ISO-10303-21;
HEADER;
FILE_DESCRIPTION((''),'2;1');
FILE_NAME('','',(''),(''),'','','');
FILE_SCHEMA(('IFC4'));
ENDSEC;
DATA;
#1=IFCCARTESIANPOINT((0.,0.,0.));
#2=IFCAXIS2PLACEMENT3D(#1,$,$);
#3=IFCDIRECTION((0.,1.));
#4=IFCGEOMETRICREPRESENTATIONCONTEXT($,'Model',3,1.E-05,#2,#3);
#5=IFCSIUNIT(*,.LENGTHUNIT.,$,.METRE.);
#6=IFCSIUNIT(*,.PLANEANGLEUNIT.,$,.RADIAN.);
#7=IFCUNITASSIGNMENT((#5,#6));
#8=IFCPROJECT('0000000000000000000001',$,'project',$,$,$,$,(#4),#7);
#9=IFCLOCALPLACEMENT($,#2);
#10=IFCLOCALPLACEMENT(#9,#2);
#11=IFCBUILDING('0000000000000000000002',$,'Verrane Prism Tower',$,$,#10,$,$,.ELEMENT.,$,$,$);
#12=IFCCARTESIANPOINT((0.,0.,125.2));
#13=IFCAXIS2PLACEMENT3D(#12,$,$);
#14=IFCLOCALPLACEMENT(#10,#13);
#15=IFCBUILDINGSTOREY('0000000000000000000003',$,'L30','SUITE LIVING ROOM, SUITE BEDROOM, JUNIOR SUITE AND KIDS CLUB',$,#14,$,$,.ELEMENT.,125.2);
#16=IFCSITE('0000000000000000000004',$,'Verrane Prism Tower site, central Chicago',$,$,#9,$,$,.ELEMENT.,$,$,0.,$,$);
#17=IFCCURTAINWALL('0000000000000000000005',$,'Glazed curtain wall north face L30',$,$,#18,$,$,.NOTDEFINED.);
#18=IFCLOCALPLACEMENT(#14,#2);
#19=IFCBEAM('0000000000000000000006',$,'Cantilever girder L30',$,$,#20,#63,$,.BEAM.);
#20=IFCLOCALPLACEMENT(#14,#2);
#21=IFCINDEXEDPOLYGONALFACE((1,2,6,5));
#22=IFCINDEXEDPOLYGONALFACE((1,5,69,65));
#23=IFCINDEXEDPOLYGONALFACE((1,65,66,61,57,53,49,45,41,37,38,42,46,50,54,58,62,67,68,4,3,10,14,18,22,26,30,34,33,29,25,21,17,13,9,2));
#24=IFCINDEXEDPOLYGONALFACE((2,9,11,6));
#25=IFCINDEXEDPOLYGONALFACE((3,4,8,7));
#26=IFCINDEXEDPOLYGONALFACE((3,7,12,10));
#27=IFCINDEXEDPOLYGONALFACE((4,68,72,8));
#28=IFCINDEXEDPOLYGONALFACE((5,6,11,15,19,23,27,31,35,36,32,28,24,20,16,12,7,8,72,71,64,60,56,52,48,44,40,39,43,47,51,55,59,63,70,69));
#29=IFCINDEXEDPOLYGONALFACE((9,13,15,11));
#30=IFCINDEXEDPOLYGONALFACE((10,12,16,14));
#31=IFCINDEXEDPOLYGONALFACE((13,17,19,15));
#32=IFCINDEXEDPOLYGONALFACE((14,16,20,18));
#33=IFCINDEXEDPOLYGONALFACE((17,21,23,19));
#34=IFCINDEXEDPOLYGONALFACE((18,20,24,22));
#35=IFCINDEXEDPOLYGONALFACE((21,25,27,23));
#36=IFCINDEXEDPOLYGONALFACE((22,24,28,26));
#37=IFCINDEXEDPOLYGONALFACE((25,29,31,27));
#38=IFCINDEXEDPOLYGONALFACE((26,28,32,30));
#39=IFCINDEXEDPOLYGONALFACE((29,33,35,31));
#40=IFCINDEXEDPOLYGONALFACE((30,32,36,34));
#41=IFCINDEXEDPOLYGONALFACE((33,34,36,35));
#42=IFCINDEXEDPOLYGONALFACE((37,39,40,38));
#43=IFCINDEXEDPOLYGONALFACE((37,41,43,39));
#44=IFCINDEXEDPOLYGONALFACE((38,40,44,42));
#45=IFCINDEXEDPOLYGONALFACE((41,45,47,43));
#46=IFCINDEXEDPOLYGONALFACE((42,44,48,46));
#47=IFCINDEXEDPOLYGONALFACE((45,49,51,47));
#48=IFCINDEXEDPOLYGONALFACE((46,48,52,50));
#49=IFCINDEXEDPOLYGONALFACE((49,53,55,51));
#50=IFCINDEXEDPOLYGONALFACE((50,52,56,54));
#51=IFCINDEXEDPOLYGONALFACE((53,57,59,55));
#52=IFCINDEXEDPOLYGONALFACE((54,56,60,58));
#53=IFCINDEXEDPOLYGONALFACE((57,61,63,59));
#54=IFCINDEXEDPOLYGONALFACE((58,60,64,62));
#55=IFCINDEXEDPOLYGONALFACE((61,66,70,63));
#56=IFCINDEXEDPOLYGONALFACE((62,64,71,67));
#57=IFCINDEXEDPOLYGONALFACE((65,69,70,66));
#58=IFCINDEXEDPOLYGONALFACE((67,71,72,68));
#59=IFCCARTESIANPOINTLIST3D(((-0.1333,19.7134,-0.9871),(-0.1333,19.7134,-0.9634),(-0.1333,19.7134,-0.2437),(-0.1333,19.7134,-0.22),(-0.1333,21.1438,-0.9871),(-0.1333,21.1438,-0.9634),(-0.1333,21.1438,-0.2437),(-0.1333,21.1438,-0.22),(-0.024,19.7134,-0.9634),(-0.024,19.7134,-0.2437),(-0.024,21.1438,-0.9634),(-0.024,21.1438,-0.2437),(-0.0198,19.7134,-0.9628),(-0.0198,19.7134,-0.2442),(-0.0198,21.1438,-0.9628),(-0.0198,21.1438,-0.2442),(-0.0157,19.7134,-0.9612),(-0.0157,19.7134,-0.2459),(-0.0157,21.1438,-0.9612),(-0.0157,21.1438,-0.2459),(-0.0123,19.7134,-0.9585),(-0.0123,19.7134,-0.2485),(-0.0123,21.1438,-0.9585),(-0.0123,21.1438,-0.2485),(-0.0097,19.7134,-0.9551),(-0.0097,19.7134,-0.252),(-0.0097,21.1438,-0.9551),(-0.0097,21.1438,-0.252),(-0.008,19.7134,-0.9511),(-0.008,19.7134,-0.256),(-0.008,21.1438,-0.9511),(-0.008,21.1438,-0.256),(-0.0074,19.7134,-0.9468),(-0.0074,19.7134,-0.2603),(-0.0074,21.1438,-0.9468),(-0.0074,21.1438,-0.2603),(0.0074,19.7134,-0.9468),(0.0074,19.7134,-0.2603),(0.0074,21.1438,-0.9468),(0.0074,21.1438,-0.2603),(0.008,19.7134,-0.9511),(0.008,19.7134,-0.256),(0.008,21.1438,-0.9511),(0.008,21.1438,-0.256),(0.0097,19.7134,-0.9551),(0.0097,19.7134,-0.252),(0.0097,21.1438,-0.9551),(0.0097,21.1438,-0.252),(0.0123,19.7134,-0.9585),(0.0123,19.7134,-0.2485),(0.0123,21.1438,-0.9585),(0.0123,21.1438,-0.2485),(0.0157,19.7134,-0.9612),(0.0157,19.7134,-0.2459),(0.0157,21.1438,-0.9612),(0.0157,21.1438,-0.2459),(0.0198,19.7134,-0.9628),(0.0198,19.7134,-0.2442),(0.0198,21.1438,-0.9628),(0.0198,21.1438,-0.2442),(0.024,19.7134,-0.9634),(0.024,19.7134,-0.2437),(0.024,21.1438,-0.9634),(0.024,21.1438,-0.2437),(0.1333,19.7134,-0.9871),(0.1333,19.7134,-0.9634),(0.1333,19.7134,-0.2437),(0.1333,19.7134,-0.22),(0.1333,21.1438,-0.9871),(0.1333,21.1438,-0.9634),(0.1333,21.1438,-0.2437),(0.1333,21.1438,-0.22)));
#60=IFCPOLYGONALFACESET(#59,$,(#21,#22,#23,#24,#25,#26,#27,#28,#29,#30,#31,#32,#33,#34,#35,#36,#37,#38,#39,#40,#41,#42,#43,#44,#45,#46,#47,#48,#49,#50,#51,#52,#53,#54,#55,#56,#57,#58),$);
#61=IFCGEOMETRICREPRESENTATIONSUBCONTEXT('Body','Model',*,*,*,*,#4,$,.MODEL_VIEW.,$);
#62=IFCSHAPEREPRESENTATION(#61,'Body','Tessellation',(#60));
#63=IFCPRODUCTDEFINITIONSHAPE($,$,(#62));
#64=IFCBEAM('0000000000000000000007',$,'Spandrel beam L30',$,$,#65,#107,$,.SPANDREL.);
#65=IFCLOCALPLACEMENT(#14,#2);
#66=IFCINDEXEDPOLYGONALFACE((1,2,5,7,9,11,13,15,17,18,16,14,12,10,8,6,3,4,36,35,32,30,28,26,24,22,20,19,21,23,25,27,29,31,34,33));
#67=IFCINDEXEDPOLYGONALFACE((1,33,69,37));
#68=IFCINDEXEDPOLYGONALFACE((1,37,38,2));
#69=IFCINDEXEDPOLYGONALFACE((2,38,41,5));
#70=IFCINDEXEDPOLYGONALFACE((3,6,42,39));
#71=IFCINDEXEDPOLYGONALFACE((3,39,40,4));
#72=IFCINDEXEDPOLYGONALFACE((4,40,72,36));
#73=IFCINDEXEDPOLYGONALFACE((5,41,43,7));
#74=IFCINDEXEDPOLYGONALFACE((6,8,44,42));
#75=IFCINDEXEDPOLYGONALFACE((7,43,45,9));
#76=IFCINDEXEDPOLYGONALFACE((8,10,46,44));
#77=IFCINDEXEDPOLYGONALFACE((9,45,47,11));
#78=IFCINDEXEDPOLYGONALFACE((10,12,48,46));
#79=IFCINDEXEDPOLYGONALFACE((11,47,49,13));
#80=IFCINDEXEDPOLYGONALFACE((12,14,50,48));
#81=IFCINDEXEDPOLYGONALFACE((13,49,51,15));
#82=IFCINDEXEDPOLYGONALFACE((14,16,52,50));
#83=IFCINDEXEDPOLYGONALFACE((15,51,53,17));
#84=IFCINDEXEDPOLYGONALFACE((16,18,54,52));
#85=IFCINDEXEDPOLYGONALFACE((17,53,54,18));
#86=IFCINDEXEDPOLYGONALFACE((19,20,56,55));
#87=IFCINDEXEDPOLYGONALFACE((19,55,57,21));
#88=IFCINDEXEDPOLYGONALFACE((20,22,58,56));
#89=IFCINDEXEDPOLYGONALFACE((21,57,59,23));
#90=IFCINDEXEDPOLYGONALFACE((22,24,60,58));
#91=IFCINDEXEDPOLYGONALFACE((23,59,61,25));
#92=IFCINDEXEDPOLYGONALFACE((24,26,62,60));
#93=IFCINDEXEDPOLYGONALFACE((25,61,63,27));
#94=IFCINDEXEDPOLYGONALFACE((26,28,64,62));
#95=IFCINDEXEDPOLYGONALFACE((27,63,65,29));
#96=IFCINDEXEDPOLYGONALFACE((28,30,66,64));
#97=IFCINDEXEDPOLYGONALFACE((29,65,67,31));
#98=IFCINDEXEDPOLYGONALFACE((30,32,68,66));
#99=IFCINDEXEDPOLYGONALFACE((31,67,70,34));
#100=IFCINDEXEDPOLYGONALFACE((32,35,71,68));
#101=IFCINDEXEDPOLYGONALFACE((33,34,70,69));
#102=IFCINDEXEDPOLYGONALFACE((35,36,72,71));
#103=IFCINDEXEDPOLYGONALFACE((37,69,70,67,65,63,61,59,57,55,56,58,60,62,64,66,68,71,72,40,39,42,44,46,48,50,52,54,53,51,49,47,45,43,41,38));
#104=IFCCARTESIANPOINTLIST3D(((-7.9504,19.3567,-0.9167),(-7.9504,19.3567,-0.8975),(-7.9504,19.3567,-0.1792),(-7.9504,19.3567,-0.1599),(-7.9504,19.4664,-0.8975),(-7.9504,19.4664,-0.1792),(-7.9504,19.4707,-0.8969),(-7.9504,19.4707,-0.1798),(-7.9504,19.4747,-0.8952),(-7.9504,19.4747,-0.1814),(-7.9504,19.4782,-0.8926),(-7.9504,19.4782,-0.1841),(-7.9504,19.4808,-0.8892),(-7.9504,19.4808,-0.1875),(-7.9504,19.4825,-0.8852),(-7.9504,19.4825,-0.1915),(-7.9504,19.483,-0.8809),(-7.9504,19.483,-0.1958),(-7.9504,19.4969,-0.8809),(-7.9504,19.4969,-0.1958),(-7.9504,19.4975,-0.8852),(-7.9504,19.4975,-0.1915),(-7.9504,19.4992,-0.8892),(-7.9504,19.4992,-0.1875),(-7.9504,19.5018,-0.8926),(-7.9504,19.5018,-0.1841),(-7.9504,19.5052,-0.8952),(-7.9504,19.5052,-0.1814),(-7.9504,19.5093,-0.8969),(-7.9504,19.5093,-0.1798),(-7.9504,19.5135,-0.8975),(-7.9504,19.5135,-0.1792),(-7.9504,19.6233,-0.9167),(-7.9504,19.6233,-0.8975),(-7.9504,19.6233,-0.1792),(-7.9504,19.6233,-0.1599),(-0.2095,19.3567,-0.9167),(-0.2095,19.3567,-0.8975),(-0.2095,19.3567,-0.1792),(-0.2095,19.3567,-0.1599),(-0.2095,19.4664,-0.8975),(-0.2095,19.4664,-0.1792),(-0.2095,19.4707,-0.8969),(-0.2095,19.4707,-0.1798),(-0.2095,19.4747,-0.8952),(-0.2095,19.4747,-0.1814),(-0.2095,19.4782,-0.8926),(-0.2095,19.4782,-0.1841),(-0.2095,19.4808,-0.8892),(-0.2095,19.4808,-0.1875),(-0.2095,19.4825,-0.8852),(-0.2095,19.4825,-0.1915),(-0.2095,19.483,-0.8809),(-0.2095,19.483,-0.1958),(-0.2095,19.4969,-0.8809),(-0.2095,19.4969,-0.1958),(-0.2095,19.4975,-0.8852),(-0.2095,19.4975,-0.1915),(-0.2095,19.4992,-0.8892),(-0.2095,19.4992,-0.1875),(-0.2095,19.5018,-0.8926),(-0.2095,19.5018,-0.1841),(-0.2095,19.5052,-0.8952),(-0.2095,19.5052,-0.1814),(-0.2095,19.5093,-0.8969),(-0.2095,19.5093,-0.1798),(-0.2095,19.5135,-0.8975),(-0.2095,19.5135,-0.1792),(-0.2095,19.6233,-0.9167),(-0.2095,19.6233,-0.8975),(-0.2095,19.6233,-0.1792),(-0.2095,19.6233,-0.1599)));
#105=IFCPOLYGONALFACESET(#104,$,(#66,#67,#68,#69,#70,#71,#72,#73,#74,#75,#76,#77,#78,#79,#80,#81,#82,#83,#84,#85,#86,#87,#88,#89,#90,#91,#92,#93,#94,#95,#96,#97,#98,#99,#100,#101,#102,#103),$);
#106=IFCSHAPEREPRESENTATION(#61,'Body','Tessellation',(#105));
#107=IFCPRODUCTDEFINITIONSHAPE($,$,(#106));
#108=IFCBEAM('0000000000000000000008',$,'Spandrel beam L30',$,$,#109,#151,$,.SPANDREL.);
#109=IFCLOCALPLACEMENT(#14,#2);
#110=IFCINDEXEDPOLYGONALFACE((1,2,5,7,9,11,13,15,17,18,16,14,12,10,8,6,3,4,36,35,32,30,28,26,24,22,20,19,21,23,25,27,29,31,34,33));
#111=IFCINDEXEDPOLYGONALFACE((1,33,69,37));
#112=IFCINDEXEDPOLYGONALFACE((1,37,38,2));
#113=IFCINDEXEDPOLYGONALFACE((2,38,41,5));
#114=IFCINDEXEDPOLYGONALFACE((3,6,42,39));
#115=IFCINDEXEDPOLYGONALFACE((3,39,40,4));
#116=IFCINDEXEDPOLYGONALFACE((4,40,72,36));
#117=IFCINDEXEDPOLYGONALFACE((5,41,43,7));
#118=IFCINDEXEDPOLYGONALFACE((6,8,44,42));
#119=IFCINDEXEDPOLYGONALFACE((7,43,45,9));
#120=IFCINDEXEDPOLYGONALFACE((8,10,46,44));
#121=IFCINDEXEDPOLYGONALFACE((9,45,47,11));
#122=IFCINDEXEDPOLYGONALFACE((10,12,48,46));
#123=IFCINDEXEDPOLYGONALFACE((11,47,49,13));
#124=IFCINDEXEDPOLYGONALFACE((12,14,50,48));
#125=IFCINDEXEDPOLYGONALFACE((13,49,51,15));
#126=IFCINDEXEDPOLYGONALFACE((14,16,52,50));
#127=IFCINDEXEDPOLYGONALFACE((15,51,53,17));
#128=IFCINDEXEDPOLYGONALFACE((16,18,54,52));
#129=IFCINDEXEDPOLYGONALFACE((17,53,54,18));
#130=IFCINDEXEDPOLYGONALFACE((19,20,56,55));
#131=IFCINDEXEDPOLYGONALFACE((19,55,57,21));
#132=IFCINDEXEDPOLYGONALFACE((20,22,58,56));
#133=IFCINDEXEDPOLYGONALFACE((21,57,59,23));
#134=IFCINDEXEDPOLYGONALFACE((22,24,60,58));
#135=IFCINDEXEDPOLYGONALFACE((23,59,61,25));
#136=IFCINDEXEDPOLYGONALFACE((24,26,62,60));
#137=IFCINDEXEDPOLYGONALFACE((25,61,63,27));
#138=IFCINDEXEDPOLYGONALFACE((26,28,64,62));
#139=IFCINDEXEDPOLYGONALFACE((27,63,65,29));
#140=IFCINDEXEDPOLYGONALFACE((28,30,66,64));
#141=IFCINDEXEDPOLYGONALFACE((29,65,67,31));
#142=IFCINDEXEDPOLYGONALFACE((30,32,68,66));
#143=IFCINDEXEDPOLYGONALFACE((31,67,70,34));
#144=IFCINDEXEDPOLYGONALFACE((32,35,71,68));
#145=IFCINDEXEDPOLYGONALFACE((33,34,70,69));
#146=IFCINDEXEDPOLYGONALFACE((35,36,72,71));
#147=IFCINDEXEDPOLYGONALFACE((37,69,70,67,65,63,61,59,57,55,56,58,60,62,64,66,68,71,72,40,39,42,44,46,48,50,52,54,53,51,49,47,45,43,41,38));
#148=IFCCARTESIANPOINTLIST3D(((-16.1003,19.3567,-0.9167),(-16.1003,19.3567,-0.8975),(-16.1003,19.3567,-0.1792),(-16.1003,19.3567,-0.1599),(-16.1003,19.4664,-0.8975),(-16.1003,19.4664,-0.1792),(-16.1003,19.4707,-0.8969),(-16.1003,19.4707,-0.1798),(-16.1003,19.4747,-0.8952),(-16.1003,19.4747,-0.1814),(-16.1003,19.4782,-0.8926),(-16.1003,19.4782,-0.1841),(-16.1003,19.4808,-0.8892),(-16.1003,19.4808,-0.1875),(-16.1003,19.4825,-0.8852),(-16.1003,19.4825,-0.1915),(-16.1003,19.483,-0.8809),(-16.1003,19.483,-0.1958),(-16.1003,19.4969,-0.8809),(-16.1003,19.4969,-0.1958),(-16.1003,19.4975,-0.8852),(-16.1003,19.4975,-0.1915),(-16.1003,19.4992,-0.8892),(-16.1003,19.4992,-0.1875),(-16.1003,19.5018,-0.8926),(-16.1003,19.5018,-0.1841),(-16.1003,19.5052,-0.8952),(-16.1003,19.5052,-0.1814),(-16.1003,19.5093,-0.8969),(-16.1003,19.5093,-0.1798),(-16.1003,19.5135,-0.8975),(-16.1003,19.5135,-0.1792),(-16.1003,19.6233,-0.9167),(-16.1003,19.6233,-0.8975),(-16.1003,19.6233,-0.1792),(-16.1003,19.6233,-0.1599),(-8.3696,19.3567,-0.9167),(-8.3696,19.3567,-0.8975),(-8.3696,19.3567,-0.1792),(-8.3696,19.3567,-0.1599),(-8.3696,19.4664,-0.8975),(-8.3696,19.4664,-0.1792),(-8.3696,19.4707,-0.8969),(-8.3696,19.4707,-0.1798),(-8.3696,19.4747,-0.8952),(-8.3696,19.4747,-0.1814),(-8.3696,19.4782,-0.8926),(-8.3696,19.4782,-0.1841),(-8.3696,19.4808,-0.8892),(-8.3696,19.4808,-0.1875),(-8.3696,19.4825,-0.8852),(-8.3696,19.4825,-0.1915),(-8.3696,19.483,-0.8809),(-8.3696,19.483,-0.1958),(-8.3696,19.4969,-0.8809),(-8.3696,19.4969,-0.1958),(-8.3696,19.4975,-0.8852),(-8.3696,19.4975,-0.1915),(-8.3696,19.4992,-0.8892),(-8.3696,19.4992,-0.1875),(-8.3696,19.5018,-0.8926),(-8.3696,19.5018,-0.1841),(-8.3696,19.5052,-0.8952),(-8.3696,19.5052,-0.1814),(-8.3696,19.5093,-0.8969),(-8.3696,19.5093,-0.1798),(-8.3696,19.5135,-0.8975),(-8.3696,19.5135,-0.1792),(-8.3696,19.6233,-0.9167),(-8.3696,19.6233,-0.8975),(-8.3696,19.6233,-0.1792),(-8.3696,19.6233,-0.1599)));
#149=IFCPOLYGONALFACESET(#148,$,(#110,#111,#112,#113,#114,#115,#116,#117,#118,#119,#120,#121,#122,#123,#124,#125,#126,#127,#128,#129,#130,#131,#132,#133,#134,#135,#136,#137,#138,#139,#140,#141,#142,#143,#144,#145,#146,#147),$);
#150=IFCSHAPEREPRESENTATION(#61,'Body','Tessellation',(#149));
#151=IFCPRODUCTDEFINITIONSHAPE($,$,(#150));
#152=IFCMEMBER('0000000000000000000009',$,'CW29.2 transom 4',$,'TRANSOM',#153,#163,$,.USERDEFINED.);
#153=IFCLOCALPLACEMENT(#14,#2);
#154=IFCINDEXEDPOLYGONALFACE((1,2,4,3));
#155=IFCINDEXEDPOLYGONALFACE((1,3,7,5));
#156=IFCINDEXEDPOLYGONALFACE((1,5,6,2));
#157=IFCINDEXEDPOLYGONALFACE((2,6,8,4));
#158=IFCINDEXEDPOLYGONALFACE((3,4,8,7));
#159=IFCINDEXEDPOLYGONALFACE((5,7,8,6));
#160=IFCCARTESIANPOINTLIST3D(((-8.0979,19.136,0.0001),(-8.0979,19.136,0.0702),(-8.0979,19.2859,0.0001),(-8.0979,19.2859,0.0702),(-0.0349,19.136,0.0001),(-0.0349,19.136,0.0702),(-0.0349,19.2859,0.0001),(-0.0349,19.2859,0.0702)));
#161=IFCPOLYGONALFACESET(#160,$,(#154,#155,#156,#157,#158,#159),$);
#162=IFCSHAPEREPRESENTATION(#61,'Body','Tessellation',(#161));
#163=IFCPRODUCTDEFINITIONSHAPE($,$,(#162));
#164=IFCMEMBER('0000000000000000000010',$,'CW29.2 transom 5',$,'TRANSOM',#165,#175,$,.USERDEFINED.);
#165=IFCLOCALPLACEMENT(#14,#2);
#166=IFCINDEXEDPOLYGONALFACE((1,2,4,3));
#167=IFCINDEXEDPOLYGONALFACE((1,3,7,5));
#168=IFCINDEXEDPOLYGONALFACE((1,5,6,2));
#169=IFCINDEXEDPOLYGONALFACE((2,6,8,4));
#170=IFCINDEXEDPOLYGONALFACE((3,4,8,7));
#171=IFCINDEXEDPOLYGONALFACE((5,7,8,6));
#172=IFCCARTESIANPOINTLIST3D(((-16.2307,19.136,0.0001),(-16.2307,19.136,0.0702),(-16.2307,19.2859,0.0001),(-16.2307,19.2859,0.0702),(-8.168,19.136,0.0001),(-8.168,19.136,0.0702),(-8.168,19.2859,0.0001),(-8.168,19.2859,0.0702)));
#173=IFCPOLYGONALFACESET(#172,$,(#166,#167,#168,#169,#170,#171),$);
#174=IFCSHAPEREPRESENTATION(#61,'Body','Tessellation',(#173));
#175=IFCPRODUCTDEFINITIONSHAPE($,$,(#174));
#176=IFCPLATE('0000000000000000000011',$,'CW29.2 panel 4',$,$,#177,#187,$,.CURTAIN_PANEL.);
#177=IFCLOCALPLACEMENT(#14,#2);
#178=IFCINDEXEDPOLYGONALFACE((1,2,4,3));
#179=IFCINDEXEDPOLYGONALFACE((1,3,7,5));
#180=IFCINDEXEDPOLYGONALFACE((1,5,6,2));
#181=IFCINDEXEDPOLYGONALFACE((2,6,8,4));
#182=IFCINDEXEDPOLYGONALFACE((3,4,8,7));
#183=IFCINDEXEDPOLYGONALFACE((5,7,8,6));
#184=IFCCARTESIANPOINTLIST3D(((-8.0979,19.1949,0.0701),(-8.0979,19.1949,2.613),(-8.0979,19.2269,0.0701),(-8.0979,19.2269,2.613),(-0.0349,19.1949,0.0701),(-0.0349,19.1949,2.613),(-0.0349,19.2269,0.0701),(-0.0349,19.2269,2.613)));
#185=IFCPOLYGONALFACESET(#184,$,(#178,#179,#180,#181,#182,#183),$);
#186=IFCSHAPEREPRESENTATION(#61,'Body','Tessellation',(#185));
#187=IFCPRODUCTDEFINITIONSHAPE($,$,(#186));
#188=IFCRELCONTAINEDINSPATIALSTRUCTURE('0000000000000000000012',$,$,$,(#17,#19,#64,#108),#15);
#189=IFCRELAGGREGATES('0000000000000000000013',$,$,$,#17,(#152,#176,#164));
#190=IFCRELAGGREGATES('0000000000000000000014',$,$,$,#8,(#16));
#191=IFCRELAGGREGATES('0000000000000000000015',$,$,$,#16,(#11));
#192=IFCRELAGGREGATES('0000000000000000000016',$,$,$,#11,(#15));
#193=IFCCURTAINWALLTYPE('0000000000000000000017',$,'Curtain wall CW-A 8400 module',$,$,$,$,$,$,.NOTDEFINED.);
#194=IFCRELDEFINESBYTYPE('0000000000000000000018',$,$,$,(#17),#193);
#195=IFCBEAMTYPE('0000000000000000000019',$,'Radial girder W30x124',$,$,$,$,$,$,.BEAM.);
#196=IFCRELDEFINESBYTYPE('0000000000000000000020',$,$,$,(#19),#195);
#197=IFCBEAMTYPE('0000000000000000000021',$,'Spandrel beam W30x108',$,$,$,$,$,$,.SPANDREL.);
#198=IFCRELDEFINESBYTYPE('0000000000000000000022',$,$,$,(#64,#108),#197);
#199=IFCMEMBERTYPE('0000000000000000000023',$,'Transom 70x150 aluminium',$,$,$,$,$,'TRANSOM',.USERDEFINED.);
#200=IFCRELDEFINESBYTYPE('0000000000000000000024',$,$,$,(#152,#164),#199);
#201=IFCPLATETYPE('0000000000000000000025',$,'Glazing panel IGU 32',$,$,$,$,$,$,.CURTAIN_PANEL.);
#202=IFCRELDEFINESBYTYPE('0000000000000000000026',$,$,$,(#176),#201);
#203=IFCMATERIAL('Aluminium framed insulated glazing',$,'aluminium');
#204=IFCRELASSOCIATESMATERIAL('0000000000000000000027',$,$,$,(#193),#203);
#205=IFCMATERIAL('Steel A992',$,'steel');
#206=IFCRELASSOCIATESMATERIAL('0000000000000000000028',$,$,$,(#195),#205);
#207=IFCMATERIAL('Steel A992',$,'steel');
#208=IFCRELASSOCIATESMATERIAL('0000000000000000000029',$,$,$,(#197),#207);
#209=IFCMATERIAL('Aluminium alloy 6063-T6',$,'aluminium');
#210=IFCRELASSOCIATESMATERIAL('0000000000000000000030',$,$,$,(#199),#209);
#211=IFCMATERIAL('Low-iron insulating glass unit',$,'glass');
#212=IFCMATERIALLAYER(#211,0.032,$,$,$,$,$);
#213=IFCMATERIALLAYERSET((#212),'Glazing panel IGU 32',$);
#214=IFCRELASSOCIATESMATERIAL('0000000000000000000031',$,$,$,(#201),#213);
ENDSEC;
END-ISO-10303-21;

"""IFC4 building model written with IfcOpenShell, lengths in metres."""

from ifc_helpers import new_model, si_unit, direction, frame, origin, origin_2d, place, context, subcontext, project, spatial, rectangle, i_section, extrude, material, layer, layer_set, material_profile, profile_set, type_object, element, aggregate, save


model = new_model("IFC4")

# Units and contexts
model_context = context("Model", 3, precision=1e-05, world=origin(), true_north=direction((0.0, 1.0)))
body_context = subcontext(model_context, "Body", "Model", "MODEL_VIEW")
ifc_project = project(units=[si_unit("LENGTHUNIT", "METRE"), si_unit("PLANEANGLEUNIT", "RADIAN")], contexts=[model_context])

# Site, building, storey
site_placement = place(None, origin())
site = spatial("IfcSite", under=ifc_project, at=site_placement, Name="Verrane Prism Tower site, central Chicago", CompositionType="ELEMENT", RefElevation=0.0)
building_placement = place(site_placement, origin())
building = spatial("IfcBuilding", under=site, at=building_placement, Name="Verrane Prism Tower", CompositionType="ELEMENT")
storey_placement = place(building_placement, frame((0.0, 0.0, 125.2)))
storey = spatial("IfcBuildingStorey", under=building, at=storey_placement, Name="L30", Description="SUITE LIVING ROOM, SUITE BEDROOM, JUNIOR SUITE AND KIDS CLUB", CompositionType="ELEMENT", Elevation=125.2)

# Curtain wall
ifc_material_1 = material(Name="Aluminium framed insulated glazing", Category="aluminium")
curtain_wall_type = type_object("IfcCurtainWallType", Name="Curtain wall CW-A 8400 module", PredefinedType="NOTDEFINED", material=ifc_material_1)
curtain_wall_placement = place(storey_placement, origin())
curtain_wall = element("IfcCurtainWall", 1, at=curtain_wall_placement, inside=storey, type_object=curtain_wall_type, Name="Glazed curtain wall north face L30", PredefinedType="NOTDEFINED")

# Beams
ifc_material_2 = material(Name="Steel A992", Category="steel")
ifc_material_profile_1 = material_profile(ifc_material_2, i_section(OverallWidth=0.2666, OverallDepth=0.7671, WebThickness=0.0149, FlangeThickness=0.0237, FilletRadius=0.0166, at=origin_2d()), Name="W30x124")
ifc_profile_set_1 = profile_set([ifc_material_profile_1], Name="Steel A992")
beam_type_1 = type_object("IfcBeamType", Name="Radial girder W30x124", PredefinedType="BEAM", material=ifc_profile_set_1)
beam_1_placement = place(storey_placement, frame((0.0, 19.7134, -0.6035), z_axis=(0.0, 1.0, 0.0), x_axis=(-1.0, 0.0, 0.0)))
element("IfcBeam", 2, at=beam_1_placement, inside=storey, type_object=beam_type_1, Name="Cantilever girder L30", PredefinedType="BEAM", context=body_context, shape_type="SweptSolid", body=[
    extrude(i_section(OverallWidth=0.2666, OverallDepth=0.7671, WebThickness=0.0149, FlangeThickness=0.0237, FilletRadius=0.0166, at=origin_2d()), origin(), (0.0, 0.0, 1.0), 1.4304),
])
ifc_material_3 = material(Name="Steel A992", Category="steel")
ifc_material_profile_2 = material_profile(ifc_material_3, i_section(OverallWidth=0.2666, OverallDepth=0.7568, WebThickness=0.0139, FlangeThickness=0.0193, FilletRadius=0.0166, at=origin_2d()), Name="W30x108")
ifc_profile_set_2 = profile_set([ifc_material_profile_2], Name="Steel A992")
beam_type_2 = type_object("IfcBeamType", Name="Spandrel beam W30x108", PredefinedType="SPANDREL", material=ifc_profile_set_2)
beam_2_placement = place(storey_placement, frame((-0.2095, 19.49, -0.5383), z_axis=(-1.0, 0.0, 0.0), x_axis=(0.0, -1.0, 0.0)))
element("IfcBeam", 3, at=beam_2_placement, inside=storey, type_object=beam_type_2, Name="Spandrel beam L30", PredefinedType="SPANDREL", context=body_context, shape_type="SweptSolid", body=[
    extrude(i_section(OverallWidth=0.2666, OverallDepth=0.7568, WebThickness=0.0139, FlangeThickness=0.0193, FilletRadius=0.0166, at=origin_2d()), origin(), (0.0, 0.0, 1.0), 7.741),
])
beam_3_placement = place(storey_placement, frame((-8.3696, 19.49, -0.5383), z_axis=(-1.0, 0.0, 0.0), x_axis=(0.0, -1.0, 0.0)))
element("IfcBeam", 4, at=beam_3_placement, inside=storey, type_object=beam_type_2, Name="Spandrel beam L30", PredefinedType="SPANDREL", context=body_context, shape_type="SweptSolid", body=[
    extrude(i_section(OverallWidth=0.2666, OverallDepth=0.7568, WebThickness=0.0139, FlangeThickness=0.0193, FilletRadius=0.0166, at=origin_2d()), origin(), (0.0, 0.0, 1.0), 7.7307),
])

# Members
ifc_material_4 = material(Name="Aluminium alloy 6063-T6", Category="aluminium")
ifc_material_profile_3 = material_profile(ifc_material_4, rectangle(XDim=0.1499, YDim=0.0701, at=origin_2d()), Name="Transom 70x150 aluminium")
ifc_profile_set_3 = profile_set([ifc_material_profile_3], Name="Aluminium alloy 6063-T6")
member_type_1 = type_object("IfcMemberType", Name="Transom 70x150 aluminium", ElementType="TRANSOM", PredefinedType="USERDEFINED", material=ifc_profile_set_3)
member_1_placement = place(storey_placement, frame((-0.0349, 19.2109, 0.0352), z_axis=(-1.0, 0.0, 0.0), x_axis=(0.0, -1.0, 0.0)))
member_1 = element("IfcMember", 5, at=member_1_placement, type_object=member_type_1, Name="CW29.2 transom 4", ObjectType="TRANSOM", PredefinedType="USERDEFINED", context=body_context, shape_type="SweptSolid", body=[
    extrude(rectangle(XDim=0.1499, YDim=0.0701, at=origin_2d()), origin(), (0.0, 0.0, 1.0), 8.063),
])
member_2_placement = place(storey_placement, frame((-8.168, 19.2109, 0.0352), z_axis=(-1.0, 0.0, 0.0), x_axis=(0.0, -1.0, 0.0)))
member_2 = element("IfcMember", 6, at=member_2_placement, type_object=member_type_1, Name="CW29.2 transom 5", ObjectType="TRANSOM", PredefinedType="USERDEFINED", context=body_context, shape_type="SweptSolid", body=[
    extrude(rectangle(XDim=0.1499, YDim=0.0701, at=origin_2d()), origin(), (0.0, 0.0, 1.0), 8.0627),
])

# Plate
ifc_material_5 = material(Name="Low-iron insulating glass unit", Category="glass")
ifc_layer_1 = layer(ifc_material_5, 0.032)
ifc_layer_set_1 = layer_set([ifc_layer_1], Name="Glazing panel IGU 32")
plate_type = type_object("IfcPlateType", Name="Glazing panel IGU 32", PredefinedType="CURTAIN_PANEL", material=ifc_layer_set_1)
plate_1_placement = place(storey_placement, frame((-4.0664, 19.2109, 0.0701), z_axis=(0.0, 0.0, 1.0), x_axis=(-1.0, 0.0, 0.0)))
plate_1 = element("IfcPlate", 7, at=plate_1_placement, type_object=plate_type, Name="CW29.2 panel 4", PredefinedType="CURTAIN_PANEL", context=body_context, shape_type="SweptSolid", body=[
    extrude(rectangle(XDim=8.063, YDim=0.032, at=origin_2d()), origin(), (0.0, 0.0, 1.0), 2.543),
])
aggregate(curtain_wall, [member_1, plate_1, member_2])

save(model, "model.ifc")
